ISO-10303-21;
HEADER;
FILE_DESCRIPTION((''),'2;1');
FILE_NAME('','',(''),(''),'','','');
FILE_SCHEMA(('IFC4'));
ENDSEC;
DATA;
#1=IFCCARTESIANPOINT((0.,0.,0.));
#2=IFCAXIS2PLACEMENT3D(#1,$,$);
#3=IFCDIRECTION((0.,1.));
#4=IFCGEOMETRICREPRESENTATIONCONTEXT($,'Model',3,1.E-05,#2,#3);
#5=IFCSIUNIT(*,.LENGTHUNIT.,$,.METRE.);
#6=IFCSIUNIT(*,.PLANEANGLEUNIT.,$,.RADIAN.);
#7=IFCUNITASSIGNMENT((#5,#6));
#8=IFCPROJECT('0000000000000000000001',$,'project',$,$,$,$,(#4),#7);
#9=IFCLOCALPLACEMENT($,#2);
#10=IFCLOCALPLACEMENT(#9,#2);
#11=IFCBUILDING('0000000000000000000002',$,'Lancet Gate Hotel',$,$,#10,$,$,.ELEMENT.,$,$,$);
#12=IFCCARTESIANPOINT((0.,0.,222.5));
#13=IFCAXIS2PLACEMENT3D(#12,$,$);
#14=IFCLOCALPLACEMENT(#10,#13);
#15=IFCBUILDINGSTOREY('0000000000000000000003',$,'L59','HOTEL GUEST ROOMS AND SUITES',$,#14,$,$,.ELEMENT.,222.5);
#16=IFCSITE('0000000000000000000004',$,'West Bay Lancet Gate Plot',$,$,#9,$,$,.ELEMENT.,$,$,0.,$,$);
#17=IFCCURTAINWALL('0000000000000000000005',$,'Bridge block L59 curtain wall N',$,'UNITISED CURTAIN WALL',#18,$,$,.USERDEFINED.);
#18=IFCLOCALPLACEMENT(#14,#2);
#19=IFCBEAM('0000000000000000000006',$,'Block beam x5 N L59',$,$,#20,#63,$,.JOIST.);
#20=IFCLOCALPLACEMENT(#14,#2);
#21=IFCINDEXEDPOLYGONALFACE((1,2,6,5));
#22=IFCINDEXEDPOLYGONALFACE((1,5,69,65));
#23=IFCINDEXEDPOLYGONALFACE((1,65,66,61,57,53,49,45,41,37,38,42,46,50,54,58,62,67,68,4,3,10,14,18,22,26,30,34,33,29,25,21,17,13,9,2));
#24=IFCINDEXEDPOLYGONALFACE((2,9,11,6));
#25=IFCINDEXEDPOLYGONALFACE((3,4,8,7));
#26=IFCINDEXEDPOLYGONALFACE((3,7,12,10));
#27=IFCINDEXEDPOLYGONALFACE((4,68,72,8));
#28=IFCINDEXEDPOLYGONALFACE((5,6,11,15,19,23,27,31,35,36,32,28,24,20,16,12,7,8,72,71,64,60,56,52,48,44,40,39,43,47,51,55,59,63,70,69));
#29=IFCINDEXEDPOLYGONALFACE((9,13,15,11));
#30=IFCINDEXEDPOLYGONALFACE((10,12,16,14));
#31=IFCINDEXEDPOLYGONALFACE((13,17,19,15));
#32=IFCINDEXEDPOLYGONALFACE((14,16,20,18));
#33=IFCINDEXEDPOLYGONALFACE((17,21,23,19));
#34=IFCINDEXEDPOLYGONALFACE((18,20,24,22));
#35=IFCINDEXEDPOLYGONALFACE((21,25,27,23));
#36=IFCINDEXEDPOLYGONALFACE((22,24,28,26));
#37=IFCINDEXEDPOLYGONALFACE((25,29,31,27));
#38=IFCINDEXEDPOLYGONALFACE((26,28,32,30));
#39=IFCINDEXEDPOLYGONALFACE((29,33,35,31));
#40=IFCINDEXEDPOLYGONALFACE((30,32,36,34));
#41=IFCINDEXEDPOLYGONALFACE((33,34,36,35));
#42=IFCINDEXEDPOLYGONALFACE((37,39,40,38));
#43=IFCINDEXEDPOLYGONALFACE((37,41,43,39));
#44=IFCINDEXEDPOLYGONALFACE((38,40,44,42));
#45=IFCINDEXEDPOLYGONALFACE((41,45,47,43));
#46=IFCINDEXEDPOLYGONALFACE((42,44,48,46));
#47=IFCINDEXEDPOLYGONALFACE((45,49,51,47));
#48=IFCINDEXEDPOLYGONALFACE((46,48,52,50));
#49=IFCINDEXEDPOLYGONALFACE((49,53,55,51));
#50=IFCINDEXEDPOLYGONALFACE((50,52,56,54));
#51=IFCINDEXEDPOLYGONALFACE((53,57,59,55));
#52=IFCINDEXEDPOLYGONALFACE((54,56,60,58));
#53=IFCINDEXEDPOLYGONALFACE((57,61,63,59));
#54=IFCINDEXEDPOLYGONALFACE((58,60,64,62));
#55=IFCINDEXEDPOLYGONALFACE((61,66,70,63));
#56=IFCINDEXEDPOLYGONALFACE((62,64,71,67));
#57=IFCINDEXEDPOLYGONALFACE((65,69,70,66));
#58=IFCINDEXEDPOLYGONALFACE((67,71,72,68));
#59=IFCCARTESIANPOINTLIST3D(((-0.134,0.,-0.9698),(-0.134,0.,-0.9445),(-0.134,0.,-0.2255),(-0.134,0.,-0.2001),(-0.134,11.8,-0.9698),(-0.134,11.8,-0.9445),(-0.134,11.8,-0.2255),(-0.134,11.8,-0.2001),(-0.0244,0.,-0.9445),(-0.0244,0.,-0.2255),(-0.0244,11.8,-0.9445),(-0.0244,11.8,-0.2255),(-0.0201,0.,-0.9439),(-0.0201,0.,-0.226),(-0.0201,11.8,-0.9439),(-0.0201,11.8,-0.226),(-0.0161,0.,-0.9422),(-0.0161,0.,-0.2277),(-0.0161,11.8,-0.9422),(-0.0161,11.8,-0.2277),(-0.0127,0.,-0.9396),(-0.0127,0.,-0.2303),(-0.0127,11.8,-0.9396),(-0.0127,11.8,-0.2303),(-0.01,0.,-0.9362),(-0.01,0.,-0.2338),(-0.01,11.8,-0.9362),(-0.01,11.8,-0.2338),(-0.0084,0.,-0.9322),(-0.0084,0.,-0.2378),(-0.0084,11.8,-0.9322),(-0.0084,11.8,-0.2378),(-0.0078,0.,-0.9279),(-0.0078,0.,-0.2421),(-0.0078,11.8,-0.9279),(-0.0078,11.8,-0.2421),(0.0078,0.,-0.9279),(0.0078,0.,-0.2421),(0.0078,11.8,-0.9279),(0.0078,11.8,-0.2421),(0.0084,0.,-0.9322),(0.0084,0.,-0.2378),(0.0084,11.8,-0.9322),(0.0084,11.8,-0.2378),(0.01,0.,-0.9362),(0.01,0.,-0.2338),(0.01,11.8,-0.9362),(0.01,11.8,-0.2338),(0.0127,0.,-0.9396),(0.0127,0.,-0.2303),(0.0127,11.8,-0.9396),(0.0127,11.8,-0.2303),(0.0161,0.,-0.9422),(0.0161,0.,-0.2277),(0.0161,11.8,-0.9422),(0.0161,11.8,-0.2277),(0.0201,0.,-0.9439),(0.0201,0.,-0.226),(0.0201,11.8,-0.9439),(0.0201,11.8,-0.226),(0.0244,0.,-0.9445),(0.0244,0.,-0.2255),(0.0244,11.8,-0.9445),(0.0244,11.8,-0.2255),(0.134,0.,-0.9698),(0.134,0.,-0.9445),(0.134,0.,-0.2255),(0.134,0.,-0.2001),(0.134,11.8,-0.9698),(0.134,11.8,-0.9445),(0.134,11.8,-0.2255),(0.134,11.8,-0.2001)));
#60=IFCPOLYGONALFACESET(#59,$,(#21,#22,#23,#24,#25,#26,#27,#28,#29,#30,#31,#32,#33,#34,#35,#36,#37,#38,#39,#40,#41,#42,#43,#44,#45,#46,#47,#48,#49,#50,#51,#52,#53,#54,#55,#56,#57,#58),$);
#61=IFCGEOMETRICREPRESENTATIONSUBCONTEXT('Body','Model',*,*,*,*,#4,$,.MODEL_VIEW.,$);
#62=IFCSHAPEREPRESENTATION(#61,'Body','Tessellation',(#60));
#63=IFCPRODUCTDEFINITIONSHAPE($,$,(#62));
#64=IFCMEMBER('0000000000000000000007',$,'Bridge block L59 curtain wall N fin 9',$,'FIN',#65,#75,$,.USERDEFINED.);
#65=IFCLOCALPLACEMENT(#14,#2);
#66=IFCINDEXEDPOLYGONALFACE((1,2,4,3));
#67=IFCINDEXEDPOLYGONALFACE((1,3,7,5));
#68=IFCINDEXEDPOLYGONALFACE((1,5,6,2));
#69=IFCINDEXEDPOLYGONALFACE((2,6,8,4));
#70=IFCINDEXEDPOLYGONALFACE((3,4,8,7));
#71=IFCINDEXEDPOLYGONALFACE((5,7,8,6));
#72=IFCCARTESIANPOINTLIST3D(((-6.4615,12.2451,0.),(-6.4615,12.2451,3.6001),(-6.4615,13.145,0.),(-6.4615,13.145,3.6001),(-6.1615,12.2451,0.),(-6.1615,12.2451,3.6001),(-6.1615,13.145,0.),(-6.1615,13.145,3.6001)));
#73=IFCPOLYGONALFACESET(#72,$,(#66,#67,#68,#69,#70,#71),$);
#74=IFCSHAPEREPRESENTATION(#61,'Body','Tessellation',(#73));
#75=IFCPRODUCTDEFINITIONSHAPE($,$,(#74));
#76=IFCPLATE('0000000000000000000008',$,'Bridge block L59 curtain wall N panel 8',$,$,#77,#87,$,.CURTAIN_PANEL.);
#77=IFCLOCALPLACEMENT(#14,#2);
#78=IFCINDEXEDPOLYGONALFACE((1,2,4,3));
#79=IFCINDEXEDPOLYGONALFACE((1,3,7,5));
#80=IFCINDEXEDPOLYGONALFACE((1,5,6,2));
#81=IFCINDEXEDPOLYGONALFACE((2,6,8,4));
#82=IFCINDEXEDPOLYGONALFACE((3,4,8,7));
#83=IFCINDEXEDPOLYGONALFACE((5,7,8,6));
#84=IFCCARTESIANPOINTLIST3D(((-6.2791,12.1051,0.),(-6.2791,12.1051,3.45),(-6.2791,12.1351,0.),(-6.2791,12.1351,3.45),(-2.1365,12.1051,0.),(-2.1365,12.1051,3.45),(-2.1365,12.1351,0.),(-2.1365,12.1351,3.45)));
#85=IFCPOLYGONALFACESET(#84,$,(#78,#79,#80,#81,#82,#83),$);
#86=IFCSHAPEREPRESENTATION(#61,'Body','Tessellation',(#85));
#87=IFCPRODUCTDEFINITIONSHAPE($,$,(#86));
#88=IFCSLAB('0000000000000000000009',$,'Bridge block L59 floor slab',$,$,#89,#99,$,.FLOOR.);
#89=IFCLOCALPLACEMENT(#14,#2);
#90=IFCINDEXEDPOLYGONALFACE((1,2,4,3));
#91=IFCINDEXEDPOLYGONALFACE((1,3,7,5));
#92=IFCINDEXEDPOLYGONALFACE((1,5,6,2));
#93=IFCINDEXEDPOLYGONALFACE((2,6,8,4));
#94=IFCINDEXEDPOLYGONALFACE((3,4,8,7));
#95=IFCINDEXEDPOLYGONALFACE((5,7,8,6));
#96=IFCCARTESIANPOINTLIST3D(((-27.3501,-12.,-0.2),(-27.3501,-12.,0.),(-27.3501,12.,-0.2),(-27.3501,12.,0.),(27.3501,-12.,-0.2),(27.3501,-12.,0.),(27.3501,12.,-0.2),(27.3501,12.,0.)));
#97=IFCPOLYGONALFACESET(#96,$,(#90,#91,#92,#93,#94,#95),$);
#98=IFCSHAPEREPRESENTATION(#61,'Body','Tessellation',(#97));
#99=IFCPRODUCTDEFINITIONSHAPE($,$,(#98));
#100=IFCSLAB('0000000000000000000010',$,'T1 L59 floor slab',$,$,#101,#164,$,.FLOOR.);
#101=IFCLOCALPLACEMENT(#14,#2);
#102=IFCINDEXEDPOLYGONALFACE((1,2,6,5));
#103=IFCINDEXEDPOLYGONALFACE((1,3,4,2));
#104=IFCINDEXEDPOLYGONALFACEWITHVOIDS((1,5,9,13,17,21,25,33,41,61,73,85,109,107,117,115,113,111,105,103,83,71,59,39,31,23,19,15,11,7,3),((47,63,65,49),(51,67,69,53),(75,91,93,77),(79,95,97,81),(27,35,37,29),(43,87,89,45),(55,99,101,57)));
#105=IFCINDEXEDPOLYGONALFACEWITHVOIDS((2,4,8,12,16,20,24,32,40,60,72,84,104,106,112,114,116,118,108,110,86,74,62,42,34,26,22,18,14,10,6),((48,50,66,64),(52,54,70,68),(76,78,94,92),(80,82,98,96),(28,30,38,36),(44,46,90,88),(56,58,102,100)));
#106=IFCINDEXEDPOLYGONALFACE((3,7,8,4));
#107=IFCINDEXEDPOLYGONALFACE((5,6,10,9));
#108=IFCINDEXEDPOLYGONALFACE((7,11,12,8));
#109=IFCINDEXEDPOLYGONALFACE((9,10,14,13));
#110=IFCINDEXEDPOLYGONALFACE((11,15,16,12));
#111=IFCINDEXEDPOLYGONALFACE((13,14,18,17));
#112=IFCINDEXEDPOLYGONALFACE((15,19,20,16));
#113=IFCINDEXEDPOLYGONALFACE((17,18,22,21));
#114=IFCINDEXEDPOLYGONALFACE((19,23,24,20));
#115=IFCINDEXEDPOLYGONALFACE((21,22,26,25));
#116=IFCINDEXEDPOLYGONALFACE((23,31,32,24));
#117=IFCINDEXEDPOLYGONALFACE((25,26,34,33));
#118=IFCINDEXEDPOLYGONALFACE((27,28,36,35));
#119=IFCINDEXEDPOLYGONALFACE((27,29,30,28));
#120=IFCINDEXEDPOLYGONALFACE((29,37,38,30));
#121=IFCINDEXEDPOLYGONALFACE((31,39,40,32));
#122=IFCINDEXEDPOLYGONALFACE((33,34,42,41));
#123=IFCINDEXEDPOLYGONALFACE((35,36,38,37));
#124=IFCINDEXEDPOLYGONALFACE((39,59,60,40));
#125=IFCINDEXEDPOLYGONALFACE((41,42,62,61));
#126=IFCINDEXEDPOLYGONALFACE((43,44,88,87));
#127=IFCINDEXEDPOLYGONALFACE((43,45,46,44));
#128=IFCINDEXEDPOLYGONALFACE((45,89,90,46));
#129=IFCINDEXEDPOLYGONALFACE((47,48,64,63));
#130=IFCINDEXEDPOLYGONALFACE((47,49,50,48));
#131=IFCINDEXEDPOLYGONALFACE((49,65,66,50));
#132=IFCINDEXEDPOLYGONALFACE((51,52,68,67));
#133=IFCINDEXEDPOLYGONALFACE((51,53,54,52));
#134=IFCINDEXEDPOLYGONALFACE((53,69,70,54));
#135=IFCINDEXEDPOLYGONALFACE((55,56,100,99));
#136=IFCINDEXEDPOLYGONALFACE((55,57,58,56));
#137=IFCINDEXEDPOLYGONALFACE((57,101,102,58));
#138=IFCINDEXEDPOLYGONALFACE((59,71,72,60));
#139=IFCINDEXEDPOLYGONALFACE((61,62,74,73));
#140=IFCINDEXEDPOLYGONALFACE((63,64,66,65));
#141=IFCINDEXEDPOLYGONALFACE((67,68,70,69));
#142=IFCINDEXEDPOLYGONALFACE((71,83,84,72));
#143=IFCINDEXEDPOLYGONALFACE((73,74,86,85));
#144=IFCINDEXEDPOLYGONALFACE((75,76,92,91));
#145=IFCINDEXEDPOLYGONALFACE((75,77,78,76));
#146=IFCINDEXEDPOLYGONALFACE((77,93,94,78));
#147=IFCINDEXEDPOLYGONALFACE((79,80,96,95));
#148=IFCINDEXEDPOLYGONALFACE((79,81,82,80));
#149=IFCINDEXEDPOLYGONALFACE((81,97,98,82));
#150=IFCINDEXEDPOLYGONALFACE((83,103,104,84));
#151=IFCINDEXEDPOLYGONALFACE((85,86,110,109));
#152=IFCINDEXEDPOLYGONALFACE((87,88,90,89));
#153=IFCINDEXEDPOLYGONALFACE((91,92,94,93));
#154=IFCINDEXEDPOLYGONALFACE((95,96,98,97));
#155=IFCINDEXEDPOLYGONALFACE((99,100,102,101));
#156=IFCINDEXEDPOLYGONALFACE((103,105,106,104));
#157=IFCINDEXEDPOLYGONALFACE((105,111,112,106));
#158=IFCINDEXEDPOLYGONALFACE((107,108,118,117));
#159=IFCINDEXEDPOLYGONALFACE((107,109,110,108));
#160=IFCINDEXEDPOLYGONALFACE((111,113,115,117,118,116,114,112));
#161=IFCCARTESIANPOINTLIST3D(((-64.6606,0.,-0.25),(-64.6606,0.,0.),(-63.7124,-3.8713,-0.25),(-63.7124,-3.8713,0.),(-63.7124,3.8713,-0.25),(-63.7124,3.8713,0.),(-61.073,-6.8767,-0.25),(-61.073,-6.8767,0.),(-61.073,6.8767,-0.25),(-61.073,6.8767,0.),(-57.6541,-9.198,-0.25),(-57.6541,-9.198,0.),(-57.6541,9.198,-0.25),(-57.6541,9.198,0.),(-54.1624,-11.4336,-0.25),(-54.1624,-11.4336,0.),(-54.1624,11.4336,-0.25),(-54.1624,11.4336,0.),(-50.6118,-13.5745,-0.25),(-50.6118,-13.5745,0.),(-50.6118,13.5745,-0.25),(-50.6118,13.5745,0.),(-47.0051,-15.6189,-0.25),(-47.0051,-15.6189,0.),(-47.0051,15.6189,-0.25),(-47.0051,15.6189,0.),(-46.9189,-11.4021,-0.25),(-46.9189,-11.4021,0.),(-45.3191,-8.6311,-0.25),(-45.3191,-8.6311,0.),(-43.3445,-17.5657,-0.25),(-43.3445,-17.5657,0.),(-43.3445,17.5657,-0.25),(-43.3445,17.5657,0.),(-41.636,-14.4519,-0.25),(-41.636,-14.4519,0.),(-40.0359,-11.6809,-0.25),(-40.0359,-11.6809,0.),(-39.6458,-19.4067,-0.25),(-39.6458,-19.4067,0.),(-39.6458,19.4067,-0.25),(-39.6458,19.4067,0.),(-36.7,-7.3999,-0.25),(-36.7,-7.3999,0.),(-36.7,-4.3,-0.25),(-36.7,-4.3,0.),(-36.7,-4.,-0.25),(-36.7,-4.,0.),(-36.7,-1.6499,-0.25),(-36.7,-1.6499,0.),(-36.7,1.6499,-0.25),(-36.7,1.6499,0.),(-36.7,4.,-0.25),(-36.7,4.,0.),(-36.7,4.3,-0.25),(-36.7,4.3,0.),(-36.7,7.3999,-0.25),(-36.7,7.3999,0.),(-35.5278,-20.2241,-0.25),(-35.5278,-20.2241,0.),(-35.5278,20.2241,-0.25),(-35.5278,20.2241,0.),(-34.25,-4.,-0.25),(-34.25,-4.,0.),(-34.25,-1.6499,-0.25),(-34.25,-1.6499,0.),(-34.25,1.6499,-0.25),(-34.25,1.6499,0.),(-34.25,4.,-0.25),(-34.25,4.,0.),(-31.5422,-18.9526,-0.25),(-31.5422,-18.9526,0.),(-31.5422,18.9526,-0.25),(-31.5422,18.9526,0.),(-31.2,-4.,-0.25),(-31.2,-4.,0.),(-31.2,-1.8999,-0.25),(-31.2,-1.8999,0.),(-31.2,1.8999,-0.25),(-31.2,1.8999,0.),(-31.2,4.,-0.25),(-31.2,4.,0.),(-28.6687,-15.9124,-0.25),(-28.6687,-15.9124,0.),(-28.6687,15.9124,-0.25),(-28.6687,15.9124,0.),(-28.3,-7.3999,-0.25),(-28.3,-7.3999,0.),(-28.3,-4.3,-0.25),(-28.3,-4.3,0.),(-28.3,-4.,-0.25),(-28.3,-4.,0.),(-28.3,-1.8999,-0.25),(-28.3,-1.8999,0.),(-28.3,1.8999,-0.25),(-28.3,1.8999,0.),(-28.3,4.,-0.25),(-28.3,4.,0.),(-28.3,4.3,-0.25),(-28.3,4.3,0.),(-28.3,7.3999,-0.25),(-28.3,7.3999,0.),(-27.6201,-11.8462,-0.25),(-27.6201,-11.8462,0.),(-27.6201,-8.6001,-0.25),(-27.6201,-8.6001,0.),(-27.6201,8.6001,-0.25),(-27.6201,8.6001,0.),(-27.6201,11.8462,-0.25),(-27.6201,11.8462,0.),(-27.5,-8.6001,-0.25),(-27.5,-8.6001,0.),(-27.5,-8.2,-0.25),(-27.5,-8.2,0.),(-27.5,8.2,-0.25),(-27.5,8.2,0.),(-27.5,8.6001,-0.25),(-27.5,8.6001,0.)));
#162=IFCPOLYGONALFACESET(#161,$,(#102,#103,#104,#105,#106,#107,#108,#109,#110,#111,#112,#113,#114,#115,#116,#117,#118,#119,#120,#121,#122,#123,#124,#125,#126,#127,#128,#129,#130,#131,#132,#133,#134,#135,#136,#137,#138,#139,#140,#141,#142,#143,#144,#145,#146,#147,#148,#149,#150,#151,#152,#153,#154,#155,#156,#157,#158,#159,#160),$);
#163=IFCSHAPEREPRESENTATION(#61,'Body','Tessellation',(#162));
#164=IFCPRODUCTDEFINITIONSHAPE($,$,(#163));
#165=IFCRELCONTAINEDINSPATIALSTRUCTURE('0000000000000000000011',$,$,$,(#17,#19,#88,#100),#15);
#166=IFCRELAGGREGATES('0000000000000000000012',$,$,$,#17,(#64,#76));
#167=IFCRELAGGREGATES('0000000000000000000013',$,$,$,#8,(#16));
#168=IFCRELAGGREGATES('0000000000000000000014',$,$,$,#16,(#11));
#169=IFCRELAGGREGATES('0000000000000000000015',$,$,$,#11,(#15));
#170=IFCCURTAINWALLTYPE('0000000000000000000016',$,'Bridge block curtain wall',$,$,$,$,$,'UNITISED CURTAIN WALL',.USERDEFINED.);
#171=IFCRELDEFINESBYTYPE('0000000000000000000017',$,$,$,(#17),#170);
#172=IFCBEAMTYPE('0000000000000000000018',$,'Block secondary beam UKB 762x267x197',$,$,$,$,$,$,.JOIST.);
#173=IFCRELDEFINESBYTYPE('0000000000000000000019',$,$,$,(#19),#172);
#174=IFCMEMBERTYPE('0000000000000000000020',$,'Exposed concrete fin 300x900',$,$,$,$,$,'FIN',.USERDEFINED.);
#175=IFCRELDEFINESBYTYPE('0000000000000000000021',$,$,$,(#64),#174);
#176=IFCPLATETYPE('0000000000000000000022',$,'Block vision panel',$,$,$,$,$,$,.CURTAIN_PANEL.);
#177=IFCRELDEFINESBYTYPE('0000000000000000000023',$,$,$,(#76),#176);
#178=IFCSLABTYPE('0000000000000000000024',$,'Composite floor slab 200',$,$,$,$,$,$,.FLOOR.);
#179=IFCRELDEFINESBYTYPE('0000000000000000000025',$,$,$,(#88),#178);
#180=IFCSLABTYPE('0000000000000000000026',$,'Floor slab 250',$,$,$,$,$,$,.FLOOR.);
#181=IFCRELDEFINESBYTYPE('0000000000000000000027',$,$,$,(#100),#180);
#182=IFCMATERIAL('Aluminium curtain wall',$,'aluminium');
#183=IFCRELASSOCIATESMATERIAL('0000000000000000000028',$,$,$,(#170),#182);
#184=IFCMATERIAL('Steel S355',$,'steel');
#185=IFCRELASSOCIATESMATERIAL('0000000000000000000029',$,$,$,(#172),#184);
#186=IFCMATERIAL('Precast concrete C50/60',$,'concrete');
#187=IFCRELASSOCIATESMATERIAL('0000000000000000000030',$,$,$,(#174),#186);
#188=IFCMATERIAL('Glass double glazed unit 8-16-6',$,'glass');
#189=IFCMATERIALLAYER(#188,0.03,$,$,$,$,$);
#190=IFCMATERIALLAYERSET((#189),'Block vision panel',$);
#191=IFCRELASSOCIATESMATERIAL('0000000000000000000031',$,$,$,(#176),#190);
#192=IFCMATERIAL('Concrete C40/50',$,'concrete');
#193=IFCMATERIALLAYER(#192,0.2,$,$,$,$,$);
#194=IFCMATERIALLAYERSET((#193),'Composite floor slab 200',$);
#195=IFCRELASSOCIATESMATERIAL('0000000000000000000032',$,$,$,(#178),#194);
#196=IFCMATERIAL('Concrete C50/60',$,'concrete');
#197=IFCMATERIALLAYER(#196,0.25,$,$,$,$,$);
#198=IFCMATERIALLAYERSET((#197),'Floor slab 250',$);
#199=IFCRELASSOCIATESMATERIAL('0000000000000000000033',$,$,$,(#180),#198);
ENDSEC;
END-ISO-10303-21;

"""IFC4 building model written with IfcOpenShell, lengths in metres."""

from ifc_helpers import new_model, si_unit, direction, frame, origin, origin_2d, place, context, subcontext, project, spatial, polyline, rectangle, i_section, outline, extrude, material, layer, layer_set, material_profile, profile_set, type_object, element, aggregate, save


model = new_model("IFC4")

# Units and contexts
model_context = context("Model", 3, precision=1e-05, world=origin(), true_north=direction((0.0, 1.0)))
body_context = subcontext(model_context, "Body", "Model", "MODEL_VIEW")
ifc_project = project(units=[si_unit("LENGTHUNIT", "METRE"), si_unit("PLANEANGLEUNIT", "RADIAN")], contexts=[model_context])

# Site, building, storey
site_placement = place(None, origin())
site = spatial("IfcSite", under=ifc_project, at=site_placement, Name="West Bay Lancet Gate Plot", CompositionType="ELEMENT", RefElevation=0.0)
building_placement = place(site_placement, origin())
building = spatial("IfcBuilding", under=site, at=building_placement, Name="Lancet Gate Hotel", CompositionType="ELEMENT")
storey_placement = place(building_placement, frame((0.0, 0.0, 222.5)))
storey = spatial("IfcBuildingStorey", under=building, at=storey_placement, Name="L59", Description="HOTEL GUEST ROOMS AND SUITES", CompositionType="ELEMENT", Elevation=222.5)

# Curtain wall
ifc_material_1 = material(Name="Aluminium curtain wall", Category="aluminium")
curtain_wall_type = type_object("IfcCurtainWallType", Name="Bridge block curtain wall", ElementType="UNITISED CURTAIN WALL", PredefinedType="USERDEFINED", material=ifc_material_1)
curtain_wall_placement = place(storey_placement, origin())
curtain_wall = element("IfcCurtainWall", 1, at=curtain_wall_placement, inside=storey, type_object=curtain_wall_type, Name="Bridge block L59 curtain wall N", ObjectType="UNITISED CURTAIN WALL", PredefinedType="USERDEFINED")

# Beam
ifc_material_2 = material(Name="Steel S355", Category="steel")
ifc_material_profile_1 = material_profile(ifc_material_2, i_section(OverallWidth=0.2681, OverallDepth=0.7698, WebThickness=0.0156, FlangeThickness=0.0254, FilletRadius=0.0166, at=origin_2d()), Name="UKB 762x267x197")
ifc_profile_set_1 = profile_set([ifc_material_profile_1], Name="Steel S355")
beam_type_1 = type_object("IfcBeamType", Name="Block secondary beam UKB 762x267x197", PredefinedType="JOIST", material=ifc_profile_set_1)
for number, where, z_axis, x_axis, name in (
    (2, (0.0, 0.0, -0.585), (0.0, 1.0, 0.0), (-1.0, 0.0, 0.0), "Block beam x5 N L59"),
):
    element("IfcBeam", number, at=place(storey_placement, frame(where, z_axis=z_axis, x_axis=x_axis)), inside=storey, type_object=beam_type_1, Name=name, PredefinedType="JOIST", context=body_context, shape_type="SweptSolid", body=[
        extrude(i_section(OverallWidth=0.2681, OverallDepth=0.7698, WebThickness=0.0156, FlangeThickness=0.0254, FilletRadius=0.0166, at=origin_2d()), origin(), (0.0, 0.0, 1.0), 11.8),
    ])

# Member
ifc_material_3 = material(Name="Precast concrete C50/60", Category="concrete")
ifc_material_profile_2 = material_profile(ifc_material_3, rectangle(XDim=0.3, YDim=0.8999, at=origin_2d()), Name="FIN 300x900")
ifc_profile_set_2 = profile_set([ifc_material_profile_2], Name="Precast concrete C50/60")
member_type_1 = type_object("IfcMemberType", Name="Exposed concrete fin 300x900", ElementType="FIN", PredefinedType="USERDEFINED", material=ifc_profile_set_2)
member_1_placement = place(storey_placement, frame((-6.3115, 12.6951, 0.0), z_axis=(0.0, 0.0, 1.0), x_axis=(-1.0, 0.0, 0.0)))
member_1 = element("IfcMember", 3, at=member_1_placement, type_object=member_type_1, Name="Bridge block L59 curtain wall N fin 9", ObjectType="FIN", PredefinedType="USERDEFINED", context=body_context, shape_type="SweptSolid", body=[
    extrude(rectangle(XDim=0.3, YDim=0.8999, at=origin_2d()), origin(), (0.0, 0.0, 1.0), 3.6001),
])

# Plate
ifc_material_4 = material(Name="Glass double glazed unit 8-16-6", Category="glass")
ifc_layer_1 = layer(ifc_material_4, 0.03)
ifc_layer_set_1 = layer_set([ifc_layer_1], Name="Block vision panel")
plate_type = type_object("IfcPlateType", Name="Block vision panel", PredefinedType="CURTAIN_PANEL", material=ifc_layer_set_1)
plate_placement = place(storey_placement, frame((-4.2078, 12.1201, 0.0), z_axis=(0.0, 0.0, 1.0), x_axis=(-1.0, 0.0, 0.0)))
plate = element("IfcPlate", 4, at=plate_placement, type_object=plate_type, Name="Bridge block L59 curtain wall N panel 8", PredefinedType="CURTAIN_PANEL", context=body_context, shape_type="SweptSolid", body=[
    extrude(rectangle(XDim=4.1426, YDim=0.03, at=origin_2d()), origin(), (0.0, 0.0, 1.0), 3.45),
])
aggregate(curtain_wall, [member_1, plate])

# Slabs
ifc_material_5 = material(Name="Concrete C40/50", Category="concrete")
ifc_layer_2 = layer(ifc_material_5, 0.2)
ifc_layer_set_2 = layer_set([ifc_layer_2], Name="Composite floor slab 200")
slab_type_1 = type_object("IfcSlabType", Name="Composite floor slab 200", PredefinedType="FLOOR", material=ifc_layer_set_2)
slab_1_placement = place(storey_placement, frame((0.0, 0.0, -0.2)))
element("IfcSlab", 5, at=slab_1_placement, inside=storey, type_object=slab_type_1, Name="Bridge block L59 floor slab", PredefinedType="FLOOR", context=body_context, shape_type="SweptSolid", body=[
    extrude(outline(polyline([(27.3501, -12.0), (27.3501, 12.0), (-27.3501, 12.0), (-27.3501, -12.0), (27.3501, -12.0)])), origin(), (0.0, 0.0, 1.0), 0.2),
])
ifc_material_6 = material(Name="Concrete C50/60", Category="concrete")
ifc_layer_3 = layer(ifc_material_6, 0.25)
ifc_layer_set_3 = layer_set([ifc_layer_3], Name="Floor slab 250")
slab_type_2 = type_object("IfcSlabType", Name="Floor slab 250", PredefinedType="FLOOR", material=ifc_layer_set_3)
slab_2_placement = place(storey_placement, frame((0.0, 0.0, -0.25)))
element("IfcSlab", 6, at=slab_2_placement, inside=storey, type_object=slab_type_2, Name="T1 L59 floor slab", PredefinedType="FLOOR", context=body_context, shape_type="SweptSolid", body=[
    extrude(outline(polyline([(-27.5, 8.6001), (-27.6201, 8.6001), (-27.6201, 11.8462), (-28.6687, 15.9124), (-31.5422, 18.9526), (-35.5278, 20.2241), (-39.6458, 19.4067), (-43.3445, 17.5657), (-47.0051, 15.6189), (-50.6118, 13.5745), (-54.1624, 11.4336), (-57.6541, 9.198), (-61.073, 6.8767), (-63.7124, 3.8713), (-64.6606, 0.0), (-63.7124, -3.8713), (-61.073, -6.8767), (-57.6541, -9.198), (-54.1624, -11.4336), (-50.6118, -13.5745), (-47.0051, -15.6189), (-43.3445, -17.5657), (-39.6458, -19.4067), (-35.5278, -20.2241), (-31.5422, -18.9526), (-28.6687, -15.9124), (-27.6201, -11.8462), (-27.6201, -8.6001), (-27.5, -8.6001), (-27.5, -8.2), (-27.5, 8.2), (-27.5, 8.6001)]), holes=[polyline([(-36.7, 7.3999), (-36.7, 4.3), (-28.3, 4.3), (-28.3, 7.3999), (-36.7, 7.3999)]), polyline([(-28.3, 4.0), (-31.2, 4.0), (-31.2, 1.8999), (-28.3, 1.8999), (-28.3, 4.0)]), polyline([(-34.25, 4.0), (-36.7, 4.0), (-36.7, 1.6499), (-34.25, 1.6499), (-34.25, 4.0)]), polyline([(-36.7, -1.6499), (-36.7, -4.0), (-34.25, -4.0), (-34.25, -1.6499), (-36.7, -1.6499)]), polyline([(-28.3, -1.8999), (-31.2, -1.8999), (-31.2, -4.0), (-28.3, -4.0), (-28.3, -1.8999)]), polyline([(-28.3, -4.3), (-36.7, -4.3), (-36.7, -7.3999), (-28.3, -7.3999), (-28.3, -4.3)]), polyline([(-45.3191, -8.6311), (-46.9189, -11.4021), (-41.636, -14.4519), (-40.0359, -11.6809), (-45.3191, -8.6311)])]), origin(), (0.0, 0.0, 1.0), 0.25),
])

save(model, "model.ifc")
